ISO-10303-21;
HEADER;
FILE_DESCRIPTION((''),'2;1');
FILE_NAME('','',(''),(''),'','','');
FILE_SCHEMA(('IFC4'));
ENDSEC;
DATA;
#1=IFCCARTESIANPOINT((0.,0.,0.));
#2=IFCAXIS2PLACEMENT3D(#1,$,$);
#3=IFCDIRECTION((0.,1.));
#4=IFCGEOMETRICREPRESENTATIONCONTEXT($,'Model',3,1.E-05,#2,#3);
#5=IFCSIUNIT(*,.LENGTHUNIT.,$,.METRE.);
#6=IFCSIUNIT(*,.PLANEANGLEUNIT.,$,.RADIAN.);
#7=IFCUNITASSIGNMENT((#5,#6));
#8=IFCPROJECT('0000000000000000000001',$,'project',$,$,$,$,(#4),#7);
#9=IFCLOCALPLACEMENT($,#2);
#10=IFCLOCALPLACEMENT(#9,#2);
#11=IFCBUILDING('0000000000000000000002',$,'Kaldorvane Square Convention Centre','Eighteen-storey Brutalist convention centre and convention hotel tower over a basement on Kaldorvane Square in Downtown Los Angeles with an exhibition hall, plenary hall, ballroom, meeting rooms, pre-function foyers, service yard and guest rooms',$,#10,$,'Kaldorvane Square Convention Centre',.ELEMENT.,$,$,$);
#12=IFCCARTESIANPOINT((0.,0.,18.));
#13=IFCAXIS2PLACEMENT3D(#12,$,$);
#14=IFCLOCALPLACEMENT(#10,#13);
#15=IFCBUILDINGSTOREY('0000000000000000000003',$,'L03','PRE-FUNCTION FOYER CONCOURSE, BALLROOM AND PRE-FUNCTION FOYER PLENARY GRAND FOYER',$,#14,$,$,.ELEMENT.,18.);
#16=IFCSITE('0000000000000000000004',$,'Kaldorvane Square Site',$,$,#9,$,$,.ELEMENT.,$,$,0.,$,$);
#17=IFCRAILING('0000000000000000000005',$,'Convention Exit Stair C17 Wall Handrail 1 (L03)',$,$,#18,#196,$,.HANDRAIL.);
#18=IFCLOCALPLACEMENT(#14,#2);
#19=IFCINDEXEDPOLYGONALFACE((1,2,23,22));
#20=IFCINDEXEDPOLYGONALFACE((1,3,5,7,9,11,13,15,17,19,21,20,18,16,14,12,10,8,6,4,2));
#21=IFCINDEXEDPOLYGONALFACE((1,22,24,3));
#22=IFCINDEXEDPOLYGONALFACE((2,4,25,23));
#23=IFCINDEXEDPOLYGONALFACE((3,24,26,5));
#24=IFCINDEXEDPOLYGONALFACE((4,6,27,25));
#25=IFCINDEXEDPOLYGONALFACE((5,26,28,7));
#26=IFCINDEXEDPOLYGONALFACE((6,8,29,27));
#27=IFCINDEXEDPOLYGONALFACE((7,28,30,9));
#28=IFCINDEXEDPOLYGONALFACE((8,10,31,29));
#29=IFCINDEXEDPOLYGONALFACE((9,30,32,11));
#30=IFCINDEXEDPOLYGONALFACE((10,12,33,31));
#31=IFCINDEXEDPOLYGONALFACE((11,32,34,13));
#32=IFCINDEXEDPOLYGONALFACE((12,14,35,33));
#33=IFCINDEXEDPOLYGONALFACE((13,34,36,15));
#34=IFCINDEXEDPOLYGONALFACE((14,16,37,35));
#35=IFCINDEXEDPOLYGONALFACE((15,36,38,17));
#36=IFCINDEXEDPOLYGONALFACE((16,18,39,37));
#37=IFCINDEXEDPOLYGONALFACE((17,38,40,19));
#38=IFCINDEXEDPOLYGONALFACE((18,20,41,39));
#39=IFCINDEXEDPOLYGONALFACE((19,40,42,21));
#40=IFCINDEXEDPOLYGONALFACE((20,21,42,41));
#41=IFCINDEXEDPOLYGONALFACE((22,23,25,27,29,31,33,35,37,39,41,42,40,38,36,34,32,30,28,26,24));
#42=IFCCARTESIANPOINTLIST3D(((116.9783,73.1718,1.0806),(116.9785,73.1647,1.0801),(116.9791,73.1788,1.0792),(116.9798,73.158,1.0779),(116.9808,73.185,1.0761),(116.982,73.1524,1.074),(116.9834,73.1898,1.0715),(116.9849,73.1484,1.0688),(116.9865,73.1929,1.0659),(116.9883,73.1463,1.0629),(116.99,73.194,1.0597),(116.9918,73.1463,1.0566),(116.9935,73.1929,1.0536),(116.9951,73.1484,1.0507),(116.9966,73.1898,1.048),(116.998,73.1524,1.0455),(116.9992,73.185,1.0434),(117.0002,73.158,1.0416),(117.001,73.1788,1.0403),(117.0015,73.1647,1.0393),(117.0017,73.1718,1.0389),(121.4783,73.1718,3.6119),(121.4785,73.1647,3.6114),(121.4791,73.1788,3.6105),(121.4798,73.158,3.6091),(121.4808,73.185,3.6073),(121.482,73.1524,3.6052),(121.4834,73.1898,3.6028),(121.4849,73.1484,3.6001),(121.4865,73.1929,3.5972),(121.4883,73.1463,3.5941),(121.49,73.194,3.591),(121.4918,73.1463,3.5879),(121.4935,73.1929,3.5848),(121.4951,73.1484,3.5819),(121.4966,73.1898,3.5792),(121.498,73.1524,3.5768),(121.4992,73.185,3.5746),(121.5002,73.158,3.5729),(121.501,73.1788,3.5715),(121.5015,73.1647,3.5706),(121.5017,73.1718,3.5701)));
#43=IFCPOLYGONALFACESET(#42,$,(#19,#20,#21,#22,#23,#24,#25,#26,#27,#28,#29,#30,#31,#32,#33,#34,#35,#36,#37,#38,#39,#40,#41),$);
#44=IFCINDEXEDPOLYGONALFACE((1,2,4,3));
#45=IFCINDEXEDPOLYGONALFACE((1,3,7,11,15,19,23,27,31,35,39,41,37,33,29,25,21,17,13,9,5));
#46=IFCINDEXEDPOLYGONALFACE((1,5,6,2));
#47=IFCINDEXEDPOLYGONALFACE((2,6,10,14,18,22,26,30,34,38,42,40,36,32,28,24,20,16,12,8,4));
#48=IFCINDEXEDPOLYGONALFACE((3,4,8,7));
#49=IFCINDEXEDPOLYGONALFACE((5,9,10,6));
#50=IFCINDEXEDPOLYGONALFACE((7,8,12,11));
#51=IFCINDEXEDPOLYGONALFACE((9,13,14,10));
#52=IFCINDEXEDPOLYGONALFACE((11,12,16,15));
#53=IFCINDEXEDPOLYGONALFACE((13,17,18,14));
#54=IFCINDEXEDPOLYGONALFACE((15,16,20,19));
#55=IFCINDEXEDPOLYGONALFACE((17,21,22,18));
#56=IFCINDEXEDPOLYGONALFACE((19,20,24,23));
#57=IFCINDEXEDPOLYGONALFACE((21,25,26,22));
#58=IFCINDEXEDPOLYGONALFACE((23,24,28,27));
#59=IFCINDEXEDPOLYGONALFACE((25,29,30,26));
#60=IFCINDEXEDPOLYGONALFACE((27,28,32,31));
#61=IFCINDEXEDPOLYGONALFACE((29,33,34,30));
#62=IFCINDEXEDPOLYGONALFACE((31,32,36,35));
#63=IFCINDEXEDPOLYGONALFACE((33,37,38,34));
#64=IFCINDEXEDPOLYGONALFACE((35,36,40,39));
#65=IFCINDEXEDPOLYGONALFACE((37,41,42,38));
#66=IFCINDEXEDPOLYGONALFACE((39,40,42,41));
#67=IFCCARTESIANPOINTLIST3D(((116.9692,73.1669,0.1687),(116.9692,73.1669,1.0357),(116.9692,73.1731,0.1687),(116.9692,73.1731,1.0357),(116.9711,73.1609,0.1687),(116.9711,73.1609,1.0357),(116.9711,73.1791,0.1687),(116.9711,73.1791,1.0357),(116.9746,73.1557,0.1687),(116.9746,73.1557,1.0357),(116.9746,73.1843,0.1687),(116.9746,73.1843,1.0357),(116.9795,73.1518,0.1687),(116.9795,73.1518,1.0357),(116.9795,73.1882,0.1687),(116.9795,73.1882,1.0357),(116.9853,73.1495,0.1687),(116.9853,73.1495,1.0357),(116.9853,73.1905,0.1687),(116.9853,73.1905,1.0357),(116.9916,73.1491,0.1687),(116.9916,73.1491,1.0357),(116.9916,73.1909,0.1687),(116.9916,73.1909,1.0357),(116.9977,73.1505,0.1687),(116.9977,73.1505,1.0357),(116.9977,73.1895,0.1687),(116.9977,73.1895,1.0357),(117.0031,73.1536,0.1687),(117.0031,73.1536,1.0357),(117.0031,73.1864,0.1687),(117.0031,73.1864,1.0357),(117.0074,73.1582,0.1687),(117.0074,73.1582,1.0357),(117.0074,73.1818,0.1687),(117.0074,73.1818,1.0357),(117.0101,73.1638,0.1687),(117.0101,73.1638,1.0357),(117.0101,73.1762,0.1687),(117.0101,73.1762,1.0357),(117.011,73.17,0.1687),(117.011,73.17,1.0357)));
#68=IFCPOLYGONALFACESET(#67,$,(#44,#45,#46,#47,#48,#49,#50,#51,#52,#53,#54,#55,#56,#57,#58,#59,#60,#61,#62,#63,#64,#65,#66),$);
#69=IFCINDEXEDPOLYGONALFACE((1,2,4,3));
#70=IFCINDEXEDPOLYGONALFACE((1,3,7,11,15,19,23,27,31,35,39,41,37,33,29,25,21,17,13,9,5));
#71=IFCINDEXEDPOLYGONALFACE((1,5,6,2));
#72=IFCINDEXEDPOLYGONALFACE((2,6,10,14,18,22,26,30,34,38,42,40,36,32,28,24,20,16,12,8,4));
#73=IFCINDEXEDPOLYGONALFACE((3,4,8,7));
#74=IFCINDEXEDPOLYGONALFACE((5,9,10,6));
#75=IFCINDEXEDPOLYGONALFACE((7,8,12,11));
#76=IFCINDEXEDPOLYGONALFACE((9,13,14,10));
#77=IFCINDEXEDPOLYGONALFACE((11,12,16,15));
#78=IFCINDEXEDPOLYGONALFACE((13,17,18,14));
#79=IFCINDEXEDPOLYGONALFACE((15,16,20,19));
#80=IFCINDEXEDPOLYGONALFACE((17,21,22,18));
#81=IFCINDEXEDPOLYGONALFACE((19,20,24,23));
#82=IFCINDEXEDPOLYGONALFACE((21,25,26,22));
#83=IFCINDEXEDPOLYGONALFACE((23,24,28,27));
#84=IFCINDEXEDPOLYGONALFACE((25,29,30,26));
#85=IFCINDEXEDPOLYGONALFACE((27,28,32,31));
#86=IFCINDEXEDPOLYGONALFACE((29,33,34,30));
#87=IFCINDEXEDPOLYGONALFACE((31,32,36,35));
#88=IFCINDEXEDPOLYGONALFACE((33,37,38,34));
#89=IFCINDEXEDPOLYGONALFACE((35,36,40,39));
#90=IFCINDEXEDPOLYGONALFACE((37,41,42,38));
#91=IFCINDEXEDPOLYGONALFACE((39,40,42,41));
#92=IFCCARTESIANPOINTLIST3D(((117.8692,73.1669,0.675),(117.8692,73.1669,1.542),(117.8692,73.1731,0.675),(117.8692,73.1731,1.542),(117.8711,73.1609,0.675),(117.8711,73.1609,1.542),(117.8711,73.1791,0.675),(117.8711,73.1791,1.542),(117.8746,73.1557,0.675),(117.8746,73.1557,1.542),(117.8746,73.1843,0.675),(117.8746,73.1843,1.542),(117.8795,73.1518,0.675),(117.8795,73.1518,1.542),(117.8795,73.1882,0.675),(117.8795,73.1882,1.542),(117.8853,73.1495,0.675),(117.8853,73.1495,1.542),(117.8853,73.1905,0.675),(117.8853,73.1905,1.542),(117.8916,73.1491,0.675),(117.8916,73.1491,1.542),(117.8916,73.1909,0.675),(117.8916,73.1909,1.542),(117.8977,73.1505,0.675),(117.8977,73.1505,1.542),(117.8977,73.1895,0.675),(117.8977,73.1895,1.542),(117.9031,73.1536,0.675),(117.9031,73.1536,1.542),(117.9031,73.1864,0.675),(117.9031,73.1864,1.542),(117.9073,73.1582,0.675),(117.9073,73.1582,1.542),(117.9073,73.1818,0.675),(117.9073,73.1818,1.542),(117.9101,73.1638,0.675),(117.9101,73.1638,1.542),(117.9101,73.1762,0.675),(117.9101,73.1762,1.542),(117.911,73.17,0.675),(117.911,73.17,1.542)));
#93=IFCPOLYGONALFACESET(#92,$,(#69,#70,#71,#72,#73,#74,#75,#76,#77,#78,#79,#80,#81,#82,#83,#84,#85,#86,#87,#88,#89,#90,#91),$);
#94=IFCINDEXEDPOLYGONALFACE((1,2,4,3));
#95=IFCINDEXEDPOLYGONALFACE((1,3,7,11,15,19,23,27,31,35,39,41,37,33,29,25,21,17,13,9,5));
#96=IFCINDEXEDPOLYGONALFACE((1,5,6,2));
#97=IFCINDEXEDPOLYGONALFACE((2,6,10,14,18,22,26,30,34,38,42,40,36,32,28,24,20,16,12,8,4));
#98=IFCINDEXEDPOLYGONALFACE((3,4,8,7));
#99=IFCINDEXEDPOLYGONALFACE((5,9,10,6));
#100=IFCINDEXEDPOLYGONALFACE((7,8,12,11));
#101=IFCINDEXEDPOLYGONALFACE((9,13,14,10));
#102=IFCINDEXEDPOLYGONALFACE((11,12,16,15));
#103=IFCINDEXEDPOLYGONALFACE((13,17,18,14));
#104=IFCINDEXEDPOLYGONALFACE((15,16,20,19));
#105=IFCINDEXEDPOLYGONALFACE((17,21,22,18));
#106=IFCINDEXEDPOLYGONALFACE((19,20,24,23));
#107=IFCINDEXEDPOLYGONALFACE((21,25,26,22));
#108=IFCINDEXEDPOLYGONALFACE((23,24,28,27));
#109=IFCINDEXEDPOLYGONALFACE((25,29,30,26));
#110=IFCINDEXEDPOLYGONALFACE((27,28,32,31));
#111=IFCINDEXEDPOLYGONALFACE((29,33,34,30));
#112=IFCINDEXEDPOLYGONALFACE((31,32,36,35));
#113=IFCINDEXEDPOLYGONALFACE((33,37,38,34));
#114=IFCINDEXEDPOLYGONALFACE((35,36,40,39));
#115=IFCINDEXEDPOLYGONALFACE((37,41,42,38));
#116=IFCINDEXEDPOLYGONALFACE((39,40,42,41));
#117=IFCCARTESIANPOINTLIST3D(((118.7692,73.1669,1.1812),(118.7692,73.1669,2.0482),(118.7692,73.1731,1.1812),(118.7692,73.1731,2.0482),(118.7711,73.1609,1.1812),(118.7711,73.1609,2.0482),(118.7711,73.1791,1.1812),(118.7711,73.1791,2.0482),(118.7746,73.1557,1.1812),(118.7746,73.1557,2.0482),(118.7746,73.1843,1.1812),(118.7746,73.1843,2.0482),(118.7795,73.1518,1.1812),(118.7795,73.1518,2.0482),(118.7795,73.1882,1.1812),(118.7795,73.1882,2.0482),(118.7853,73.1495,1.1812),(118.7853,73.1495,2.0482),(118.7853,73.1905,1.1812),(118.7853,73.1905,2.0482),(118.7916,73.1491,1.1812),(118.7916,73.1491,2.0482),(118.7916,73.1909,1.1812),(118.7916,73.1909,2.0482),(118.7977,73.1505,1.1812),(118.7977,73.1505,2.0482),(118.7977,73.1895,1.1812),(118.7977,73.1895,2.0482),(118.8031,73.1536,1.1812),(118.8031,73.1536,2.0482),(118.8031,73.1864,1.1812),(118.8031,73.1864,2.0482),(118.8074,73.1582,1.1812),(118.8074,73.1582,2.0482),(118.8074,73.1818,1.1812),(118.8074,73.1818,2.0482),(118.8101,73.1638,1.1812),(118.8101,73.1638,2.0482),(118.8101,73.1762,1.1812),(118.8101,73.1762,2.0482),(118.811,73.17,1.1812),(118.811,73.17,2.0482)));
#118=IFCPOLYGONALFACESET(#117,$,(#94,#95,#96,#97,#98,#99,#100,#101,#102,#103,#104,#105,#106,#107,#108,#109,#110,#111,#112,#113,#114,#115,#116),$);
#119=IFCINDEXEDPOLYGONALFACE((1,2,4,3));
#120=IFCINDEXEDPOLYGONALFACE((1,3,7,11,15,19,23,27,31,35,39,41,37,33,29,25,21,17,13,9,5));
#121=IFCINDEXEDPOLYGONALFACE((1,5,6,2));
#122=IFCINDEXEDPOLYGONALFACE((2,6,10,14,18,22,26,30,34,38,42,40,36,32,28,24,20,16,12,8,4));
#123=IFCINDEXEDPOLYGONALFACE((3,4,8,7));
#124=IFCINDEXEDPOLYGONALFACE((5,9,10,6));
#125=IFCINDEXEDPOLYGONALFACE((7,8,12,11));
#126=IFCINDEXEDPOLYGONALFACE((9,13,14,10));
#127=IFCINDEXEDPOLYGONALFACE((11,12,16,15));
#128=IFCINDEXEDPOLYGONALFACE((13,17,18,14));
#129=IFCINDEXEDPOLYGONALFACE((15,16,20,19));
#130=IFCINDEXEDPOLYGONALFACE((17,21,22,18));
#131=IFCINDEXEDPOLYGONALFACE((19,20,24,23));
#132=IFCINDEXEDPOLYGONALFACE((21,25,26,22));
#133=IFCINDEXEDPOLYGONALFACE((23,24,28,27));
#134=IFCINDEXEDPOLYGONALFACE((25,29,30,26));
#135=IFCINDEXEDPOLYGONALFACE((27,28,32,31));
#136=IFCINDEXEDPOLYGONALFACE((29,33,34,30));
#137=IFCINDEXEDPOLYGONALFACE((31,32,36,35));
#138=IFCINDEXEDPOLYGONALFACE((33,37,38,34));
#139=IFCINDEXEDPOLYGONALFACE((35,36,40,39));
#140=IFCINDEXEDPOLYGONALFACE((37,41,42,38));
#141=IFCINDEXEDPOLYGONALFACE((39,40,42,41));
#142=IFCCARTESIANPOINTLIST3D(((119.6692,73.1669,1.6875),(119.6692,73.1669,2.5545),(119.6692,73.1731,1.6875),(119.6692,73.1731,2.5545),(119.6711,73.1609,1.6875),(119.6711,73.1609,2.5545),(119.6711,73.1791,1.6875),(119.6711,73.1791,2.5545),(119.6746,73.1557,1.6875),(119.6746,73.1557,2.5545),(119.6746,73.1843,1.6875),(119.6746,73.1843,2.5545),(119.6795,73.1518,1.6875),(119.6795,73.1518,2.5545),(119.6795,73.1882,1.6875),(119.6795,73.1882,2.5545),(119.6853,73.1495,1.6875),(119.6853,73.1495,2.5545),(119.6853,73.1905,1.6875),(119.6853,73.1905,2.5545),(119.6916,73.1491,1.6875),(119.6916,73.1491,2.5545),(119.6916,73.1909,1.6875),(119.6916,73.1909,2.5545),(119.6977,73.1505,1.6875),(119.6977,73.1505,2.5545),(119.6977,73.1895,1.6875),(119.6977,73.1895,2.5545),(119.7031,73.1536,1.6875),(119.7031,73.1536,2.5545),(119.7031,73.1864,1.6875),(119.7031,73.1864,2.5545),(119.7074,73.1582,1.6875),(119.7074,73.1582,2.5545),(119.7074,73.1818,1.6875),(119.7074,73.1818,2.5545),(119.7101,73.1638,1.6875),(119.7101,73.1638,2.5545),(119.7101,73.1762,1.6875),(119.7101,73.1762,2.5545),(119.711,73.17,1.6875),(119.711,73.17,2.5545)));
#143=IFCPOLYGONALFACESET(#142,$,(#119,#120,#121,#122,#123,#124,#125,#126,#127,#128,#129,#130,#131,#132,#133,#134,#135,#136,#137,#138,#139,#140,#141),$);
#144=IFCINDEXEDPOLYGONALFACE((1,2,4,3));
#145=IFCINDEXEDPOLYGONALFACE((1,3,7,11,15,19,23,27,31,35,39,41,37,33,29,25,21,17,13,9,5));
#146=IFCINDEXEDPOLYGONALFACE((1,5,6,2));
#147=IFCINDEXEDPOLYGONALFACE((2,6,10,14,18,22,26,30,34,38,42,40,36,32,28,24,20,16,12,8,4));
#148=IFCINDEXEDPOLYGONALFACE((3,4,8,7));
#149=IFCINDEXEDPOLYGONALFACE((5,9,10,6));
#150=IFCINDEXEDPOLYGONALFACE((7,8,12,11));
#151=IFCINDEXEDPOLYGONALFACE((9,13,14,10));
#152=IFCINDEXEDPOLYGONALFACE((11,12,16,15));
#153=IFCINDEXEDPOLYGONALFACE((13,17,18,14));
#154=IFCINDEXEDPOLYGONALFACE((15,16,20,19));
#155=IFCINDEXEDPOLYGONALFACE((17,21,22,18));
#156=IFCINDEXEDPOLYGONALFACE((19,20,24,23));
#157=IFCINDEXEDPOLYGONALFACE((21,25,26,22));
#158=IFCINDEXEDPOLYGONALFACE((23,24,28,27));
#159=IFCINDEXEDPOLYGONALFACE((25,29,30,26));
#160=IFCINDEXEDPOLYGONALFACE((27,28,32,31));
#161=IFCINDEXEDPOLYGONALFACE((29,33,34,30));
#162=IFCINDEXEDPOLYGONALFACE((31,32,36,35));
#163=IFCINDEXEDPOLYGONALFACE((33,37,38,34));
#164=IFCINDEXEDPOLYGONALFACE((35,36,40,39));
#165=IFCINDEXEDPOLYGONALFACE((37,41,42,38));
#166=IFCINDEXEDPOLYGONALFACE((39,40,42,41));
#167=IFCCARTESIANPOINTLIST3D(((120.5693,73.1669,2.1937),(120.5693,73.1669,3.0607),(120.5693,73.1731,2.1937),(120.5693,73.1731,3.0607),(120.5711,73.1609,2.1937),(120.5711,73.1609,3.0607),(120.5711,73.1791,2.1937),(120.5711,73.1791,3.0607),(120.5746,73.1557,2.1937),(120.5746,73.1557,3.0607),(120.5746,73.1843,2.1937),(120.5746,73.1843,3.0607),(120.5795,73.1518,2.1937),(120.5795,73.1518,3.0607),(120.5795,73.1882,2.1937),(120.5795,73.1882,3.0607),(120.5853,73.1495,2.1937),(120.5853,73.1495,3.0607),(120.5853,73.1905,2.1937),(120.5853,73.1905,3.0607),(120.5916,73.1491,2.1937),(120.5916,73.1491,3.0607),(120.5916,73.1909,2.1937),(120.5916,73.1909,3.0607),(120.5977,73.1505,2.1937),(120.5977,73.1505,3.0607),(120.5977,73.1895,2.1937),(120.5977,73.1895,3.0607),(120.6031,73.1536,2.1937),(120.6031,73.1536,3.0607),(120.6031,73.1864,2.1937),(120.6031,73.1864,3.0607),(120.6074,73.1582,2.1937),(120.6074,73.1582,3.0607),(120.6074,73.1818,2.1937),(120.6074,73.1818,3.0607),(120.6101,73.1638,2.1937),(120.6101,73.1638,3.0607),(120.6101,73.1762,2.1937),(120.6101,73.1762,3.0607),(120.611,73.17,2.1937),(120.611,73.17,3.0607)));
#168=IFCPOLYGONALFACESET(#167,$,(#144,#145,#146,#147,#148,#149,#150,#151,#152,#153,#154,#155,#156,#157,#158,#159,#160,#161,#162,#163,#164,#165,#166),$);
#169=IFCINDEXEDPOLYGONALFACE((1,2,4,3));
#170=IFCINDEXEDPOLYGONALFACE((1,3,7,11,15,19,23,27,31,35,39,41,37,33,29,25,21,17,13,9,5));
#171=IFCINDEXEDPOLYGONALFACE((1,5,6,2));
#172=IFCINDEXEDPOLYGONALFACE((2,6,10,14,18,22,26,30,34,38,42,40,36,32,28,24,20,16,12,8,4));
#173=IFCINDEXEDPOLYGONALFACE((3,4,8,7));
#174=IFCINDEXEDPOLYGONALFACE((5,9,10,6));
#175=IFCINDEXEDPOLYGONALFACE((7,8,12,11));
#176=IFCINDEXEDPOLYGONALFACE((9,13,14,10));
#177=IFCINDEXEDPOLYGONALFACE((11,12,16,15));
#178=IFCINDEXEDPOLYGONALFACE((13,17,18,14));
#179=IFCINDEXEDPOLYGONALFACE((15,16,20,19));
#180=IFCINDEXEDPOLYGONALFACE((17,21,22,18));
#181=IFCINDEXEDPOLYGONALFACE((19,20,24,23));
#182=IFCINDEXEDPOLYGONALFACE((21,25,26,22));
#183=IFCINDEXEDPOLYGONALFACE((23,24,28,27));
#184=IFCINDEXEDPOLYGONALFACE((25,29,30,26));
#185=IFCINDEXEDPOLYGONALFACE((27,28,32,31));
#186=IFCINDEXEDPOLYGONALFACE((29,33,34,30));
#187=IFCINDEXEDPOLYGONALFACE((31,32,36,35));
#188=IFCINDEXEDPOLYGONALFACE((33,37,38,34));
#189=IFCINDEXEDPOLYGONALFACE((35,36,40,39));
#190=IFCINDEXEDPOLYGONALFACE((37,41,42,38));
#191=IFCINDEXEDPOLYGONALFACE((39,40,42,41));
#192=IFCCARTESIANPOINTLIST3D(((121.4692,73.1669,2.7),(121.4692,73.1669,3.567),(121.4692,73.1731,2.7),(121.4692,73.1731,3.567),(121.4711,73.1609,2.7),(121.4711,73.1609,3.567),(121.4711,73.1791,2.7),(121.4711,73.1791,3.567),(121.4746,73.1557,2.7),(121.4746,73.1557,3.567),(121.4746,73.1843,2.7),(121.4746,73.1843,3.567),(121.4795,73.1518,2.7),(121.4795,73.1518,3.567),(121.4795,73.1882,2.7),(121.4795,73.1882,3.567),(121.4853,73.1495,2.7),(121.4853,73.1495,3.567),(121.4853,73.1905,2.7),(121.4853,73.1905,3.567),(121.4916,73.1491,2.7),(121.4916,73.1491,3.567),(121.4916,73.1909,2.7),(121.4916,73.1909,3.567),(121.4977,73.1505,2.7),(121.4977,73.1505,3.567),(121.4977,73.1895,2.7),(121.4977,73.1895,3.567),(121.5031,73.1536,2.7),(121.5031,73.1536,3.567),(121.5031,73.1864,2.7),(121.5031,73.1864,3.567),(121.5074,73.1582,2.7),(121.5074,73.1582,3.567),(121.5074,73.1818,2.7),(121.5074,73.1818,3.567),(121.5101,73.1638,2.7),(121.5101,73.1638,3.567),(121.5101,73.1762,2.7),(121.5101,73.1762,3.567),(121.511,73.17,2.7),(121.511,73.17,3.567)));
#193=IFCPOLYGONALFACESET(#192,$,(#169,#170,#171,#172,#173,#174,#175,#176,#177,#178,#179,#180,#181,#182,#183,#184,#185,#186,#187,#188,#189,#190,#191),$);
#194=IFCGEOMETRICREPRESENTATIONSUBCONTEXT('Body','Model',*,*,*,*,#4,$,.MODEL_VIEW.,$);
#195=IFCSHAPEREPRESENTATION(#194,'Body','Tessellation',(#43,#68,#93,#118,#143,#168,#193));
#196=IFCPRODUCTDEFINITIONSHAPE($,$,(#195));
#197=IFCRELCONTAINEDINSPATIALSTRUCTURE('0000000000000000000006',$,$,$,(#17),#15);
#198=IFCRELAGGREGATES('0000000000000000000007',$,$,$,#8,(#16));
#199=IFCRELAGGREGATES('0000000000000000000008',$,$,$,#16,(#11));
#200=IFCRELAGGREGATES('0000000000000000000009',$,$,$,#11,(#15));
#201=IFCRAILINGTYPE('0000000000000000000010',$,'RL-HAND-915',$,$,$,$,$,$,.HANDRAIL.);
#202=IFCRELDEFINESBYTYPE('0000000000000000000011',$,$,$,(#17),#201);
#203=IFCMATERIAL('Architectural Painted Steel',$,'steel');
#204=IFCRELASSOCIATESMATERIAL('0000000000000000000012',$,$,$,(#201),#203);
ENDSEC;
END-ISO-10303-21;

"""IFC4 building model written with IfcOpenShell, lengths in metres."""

from ifc_helpers import new_model, si_unit, direction, frame, origin, origin_2d, place, context, subcontext, project, spatial, circle, extrude, material, type_object, element, save


model = new_model("IFC4")

# Units and contexts
model_context = context("Model", 3, precision=1e-05, world=origin(), true_north=direction((0.0, 1.0)))
body_context = subcontext(model_context, "Body", "Model", "MODEL_VIEW")
ifc_project = project(units=[si_unit("LENGTHUNIT", "METRE"), si_unit("PLANEANGLEUNIT", "RADIAN")], contexts=[model_context])

# Site, building, storey
site_placement = place(None, origin())
site = spatial("IfcSite", under=ifc_project, at=site_placement, Name="Kaldorvane Square Site", CompositionType="ELEMENT", RefElevation=0.0)
building_placement = place(site_placement, origin())
building = spatial("IfcBuilding", under=site, at=building_placement, Name="Kaldorvane Square Convention Centre", Description="Eighteen-storey Brutalist convention centre and convention hotel tower over a basement on Kaldorvane Square in Downtown Los Angeles with an exhibition hall, plenary hall, ballroom, meeting rooms, pre-function foyers, service yard and guest rooms", LongName="Kaldorvane Square Convention Centre", CompositionType="ELEMENT")
storey_placement = place(building_placement, frame((0.0, 0.0, 18.0)))
storey = spatial("IfcBuildingStorey", under=building, at=storey_placement, Name="L03", Description="PRE-FUNCTION FOYER CONCOURSE, BALLROOM AND PRE-FUNCTION FOYER PLENARY GRAND FOYER", CompositionType="ELEMENT", Elevation=18.0)

# Railing
ifc_material_1 = material(Name="Architectural Painted Steel", Category="steel")
railing_type_1 = type_object("IfcRailingType", Name="RL-HAND-915", PredefinedType="HANDRAIL", material=ifc_material_1)
railing_1_placement = place(storey_placement, frame((116.99, 73.17, 0.1687)))
element("IfcRailing", 1, at=railing_1_placement, inside=storey, type_object=railing_type_1, Name="Convention Exit Stair C17 Wall Handrail 1 (L03)", PredefinedType="HANDRAIL", context=body_context, shape_type="SweptSolid", body=[
    extrude(circle(Radius=0.024, at=origin_2d()), frame((0.0, 0.0, 0.891), z_axis=(0.871576, 0.0, 0.490261), x_axis=(0.0, 1.0, 0.0)), (0.0, 0.0, 1.0), 5.1631),
    extrude(circle(Radius=0.021, at=origin_2d()), origin(), (0.0, 0.0, 1.0), 0.867),
    extrude(circle(Radius=0.021, at=origin_2d()), frame((0.9, 0.0, 0.5063)), (0.0, 0.0, 1.0), 0.867),
    extrude(circle(Radius=0.021, at=origin_2d()), frame((1.8, 0.0, 1.0125)), (0.0, 0.0, 1.0), 0.867),
    extrude(circle(Radius=0.021, at=origin_2d()), frame((2.7, 0.0, 1.5188)), (0.0, 0.0, 1.0), 0.867),
    extrude(circle(Radius=0.021, at=origin_2d()), frame((3.6, 0.0, 2.025)), (0.0, 0.0, 1.0), 0.867),
    extrude(circle(Radius=0.021, at=origin_2d()), frame((4.5, 0.0, 2.5312)), (0.0, 0.0, 1.0), 0.867),
])

save(model, "model.ifc")
